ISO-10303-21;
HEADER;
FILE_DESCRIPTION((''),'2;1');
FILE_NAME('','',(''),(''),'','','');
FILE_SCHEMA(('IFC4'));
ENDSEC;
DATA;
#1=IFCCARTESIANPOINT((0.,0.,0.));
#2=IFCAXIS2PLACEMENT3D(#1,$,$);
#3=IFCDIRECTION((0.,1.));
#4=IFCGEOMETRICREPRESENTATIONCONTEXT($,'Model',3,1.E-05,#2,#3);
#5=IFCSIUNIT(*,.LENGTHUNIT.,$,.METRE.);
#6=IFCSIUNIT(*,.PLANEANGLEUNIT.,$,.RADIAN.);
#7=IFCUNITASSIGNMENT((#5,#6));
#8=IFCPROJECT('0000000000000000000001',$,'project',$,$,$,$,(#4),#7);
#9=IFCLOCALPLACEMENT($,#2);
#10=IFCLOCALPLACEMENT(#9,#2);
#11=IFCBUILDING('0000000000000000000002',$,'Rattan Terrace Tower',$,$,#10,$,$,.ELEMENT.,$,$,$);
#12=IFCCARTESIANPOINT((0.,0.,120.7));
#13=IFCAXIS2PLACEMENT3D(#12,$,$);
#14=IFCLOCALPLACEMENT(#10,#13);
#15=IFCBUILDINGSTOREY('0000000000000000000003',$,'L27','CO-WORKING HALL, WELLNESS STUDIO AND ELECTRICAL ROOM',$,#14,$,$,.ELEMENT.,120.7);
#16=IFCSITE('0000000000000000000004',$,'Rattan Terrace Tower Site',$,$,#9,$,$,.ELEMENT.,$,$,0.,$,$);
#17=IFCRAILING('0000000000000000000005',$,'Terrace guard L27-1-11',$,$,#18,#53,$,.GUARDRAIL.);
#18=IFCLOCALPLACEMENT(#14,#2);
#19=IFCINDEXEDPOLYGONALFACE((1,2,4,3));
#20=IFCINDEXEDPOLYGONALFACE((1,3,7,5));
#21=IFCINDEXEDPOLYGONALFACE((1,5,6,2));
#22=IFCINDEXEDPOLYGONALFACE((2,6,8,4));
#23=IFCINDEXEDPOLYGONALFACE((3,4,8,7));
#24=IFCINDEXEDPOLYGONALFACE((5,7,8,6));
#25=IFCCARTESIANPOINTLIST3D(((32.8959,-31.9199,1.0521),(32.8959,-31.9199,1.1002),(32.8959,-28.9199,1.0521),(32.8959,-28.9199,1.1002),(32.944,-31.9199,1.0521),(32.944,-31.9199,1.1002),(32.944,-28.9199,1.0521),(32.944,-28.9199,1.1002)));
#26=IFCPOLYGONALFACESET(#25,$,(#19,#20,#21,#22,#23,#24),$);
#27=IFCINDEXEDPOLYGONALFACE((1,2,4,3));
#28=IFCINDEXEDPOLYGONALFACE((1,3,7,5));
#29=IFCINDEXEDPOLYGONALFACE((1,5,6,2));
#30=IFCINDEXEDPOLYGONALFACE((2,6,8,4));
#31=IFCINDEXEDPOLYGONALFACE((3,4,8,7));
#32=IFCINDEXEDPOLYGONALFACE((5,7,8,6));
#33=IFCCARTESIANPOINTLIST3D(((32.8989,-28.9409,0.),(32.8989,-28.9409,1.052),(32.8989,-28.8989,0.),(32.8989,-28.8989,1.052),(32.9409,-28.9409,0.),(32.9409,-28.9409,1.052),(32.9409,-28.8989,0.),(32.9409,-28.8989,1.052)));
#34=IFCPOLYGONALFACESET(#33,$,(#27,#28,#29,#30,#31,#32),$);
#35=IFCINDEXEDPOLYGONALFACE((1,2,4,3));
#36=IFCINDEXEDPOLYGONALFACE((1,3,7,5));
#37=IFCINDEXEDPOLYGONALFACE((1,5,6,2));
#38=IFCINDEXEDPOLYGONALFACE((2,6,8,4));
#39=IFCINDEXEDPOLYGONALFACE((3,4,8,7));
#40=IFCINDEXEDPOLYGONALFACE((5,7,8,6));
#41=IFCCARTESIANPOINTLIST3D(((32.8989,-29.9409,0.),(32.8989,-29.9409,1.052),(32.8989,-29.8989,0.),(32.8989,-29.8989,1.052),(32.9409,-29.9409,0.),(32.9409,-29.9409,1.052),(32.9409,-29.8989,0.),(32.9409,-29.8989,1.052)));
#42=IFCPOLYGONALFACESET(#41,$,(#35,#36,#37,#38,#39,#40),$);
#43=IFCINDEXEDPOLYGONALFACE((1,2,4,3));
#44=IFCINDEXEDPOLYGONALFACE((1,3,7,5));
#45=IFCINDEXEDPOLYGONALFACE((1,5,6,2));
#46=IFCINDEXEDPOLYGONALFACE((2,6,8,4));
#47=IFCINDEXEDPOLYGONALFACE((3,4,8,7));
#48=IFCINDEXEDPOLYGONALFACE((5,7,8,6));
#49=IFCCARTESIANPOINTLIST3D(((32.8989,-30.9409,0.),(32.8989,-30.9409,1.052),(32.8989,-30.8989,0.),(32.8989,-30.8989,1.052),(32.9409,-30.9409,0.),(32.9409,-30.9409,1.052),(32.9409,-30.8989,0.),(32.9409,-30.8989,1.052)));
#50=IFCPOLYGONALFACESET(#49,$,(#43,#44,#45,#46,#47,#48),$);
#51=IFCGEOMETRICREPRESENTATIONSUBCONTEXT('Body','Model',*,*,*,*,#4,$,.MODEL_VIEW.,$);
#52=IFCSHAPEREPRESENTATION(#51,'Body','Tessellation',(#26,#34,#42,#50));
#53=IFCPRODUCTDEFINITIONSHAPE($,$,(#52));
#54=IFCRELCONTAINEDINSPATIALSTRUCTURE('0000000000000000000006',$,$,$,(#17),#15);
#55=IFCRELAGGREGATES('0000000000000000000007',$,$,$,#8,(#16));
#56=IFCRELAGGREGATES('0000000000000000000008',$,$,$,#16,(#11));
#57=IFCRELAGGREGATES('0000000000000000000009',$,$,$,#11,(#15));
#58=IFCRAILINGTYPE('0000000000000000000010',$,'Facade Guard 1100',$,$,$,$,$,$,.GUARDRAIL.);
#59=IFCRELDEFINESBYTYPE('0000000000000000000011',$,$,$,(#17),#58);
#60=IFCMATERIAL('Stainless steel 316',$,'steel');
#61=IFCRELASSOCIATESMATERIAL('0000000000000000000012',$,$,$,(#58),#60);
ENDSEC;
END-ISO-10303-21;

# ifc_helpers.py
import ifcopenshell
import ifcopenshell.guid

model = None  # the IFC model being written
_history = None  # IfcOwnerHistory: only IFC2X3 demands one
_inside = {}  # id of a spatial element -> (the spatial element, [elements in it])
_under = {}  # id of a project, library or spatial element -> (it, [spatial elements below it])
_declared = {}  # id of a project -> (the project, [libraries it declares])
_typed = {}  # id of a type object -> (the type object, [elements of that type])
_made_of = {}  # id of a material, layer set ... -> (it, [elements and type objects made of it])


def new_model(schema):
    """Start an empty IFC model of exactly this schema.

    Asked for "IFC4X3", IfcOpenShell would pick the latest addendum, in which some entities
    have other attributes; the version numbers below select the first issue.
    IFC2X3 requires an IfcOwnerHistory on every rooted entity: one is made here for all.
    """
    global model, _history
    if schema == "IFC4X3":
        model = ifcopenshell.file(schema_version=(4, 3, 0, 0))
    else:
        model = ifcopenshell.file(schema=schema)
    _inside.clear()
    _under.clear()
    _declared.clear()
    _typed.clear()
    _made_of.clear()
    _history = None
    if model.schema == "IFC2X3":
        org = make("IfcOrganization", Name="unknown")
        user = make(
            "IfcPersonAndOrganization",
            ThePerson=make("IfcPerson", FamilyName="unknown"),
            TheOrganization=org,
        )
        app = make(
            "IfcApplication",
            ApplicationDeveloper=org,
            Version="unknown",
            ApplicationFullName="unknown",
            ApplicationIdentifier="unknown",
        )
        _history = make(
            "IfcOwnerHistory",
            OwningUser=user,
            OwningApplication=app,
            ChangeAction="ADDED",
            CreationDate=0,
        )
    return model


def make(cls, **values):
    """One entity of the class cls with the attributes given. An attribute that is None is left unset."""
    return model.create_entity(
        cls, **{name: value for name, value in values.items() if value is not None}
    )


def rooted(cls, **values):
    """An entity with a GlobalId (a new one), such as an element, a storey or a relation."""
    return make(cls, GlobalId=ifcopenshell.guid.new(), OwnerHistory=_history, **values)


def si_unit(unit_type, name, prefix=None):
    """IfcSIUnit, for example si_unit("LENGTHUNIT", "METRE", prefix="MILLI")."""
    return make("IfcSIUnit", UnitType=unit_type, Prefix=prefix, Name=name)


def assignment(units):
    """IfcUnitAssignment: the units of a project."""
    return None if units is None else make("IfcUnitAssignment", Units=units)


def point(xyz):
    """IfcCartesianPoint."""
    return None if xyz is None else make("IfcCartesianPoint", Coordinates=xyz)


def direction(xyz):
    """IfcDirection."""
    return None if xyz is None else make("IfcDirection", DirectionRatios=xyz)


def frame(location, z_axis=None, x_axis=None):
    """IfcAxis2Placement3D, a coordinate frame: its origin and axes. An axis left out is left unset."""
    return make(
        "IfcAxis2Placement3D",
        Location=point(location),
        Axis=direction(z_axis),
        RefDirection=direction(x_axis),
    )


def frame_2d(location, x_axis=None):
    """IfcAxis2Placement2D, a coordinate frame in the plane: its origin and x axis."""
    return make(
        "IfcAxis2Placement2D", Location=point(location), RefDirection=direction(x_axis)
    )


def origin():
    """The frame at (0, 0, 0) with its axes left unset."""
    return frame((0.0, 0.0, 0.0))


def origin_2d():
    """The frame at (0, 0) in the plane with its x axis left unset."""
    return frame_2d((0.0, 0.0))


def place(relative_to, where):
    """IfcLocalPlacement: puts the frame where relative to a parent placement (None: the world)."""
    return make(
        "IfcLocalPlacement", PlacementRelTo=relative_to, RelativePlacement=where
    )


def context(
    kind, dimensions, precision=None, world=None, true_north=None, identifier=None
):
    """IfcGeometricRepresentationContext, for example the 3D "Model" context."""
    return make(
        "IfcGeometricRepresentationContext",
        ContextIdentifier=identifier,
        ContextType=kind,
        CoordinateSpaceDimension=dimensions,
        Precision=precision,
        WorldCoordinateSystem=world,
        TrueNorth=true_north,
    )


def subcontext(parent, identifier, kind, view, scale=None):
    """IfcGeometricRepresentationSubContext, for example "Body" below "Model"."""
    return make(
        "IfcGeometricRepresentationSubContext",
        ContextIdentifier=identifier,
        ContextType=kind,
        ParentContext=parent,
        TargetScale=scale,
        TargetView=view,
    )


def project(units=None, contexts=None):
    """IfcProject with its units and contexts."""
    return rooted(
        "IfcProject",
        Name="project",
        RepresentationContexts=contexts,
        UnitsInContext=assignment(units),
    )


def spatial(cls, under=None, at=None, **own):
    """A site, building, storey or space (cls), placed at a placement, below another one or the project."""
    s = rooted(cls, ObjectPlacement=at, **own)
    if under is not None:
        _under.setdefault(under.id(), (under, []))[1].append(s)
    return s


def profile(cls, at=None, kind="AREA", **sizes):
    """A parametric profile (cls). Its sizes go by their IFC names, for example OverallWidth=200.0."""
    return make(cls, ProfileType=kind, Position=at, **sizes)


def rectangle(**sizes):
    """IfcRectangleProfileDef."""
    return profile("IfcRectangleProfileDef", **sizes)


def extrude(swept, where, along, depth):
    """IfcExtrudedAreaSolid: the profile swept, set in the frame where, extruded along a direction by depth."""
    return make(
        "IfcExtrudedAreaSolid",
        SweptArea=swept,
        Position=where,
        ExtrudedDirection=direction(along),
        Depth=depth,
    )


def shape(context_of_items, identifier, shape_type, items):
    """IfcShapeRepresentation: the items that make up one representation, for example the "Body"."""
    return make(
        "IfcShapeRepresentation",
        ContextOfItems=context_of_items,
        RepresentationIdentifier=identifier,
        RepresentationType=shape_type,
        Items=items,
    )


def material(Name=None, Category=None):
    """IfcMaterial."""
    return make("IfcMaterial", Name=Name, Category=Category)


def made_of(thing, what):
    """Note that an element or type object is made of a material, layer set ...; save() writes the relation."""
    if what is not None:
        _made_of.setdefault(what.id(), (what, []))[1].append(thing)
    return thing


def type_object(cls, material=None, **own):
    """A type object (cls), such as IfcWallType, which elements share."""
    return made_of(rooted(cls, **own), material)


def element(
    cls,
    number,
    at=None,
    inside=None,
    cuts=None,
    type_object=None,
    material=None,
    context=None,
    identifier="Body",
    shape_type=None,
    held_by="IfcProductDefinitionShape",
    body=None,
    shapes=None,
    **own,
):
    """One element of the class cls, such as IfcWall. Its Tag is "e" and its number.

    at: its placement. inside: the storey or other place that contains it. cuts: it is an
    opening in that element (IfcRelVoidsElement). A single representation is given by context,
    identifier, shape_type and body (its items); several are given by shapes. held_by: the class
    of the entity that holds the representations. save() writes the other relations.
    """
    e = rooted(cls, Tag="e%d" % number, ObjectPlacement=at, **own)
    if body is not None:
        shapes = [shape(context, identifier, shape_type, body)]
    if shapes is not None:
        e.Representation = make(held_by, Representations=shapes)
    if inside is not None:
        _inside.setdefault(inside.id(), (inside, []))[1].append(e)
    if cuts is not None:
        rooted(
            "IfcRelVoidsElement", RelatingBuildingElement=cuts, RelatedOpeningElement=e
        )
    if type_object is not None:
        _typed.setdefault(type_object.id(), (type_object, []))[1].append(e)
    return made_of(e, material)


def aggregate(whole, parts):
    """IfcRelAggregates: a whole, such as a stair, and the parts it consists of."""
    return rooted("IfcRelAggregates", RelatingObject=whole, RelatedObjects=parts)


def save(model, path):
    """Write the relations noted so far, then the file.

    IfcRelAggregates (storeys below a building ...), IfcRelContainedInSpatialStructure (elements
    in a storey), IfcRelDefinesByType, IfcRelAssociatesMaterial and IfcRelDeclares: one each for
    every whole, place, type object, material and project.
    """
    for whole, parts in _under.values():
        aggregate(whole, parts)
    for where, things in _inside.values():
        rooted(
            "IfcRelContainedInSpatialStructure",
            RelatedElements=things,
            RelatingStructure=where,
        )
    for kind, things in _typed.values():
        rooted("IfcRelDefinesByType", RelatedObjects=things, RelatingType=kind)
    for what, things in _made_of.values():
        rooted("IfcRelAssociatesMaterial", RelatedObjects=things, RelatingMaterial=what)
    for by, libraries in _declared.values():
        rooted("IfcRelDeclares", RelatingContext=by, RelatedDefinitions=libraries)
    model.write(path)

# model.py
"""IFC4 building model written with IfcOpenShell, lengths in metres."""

from ifc_helpers import new_model, si_unit, direction, frame, origin, origin_2d, place, context, subcontext, project, spatial, rectangle, extrude, material, type_object, element, save


model = new_model("IFC4")

# Units and contexts
model_context = context("Model", 3, precision=1e-05, world=origin(), true_north=direction((0.0, 1.0)))
body_context = subcontext(model_context, "Body", "Model", "MODEL_VIEW")
ifc_project = project(units=[si_unit("LENGTHUNIT", "METRE"), si_unit("PLANEANGLEUNIT", "RADIAN")], contexts=[model_context])

# Site, building, storey
site_placement = place(None, origin())
site = spatial("IfcSite", under=ifc_project, at=site_placement, Name="Rattan Terrace Tower Site", CompositionType="ELEMENT", RefElevation=0.0)
building_placement = place(site_placement, origin())
building = spatial("IfcBuilding", under=site, at=building_placement, Name="Rattan Terrace Tower", CompositionType="ELEMENT")
storey_placement = place(building_placement, frame((0.0, 0.0, 120.7)))
storey = spatial("IfcBuildingStorey", under=building, at=storey_placement, Name="L27", Description="CO-WORKING HALL, WELLNESS STUDIO AND ELECTRICAL ROOM", CompositionType="ELEMENT", Elevation=120.7)

# Railing
ifc_material_1 = material(Name="Stainless steel 316", Category="steel")
railing_type = type_object("IfcRailingType", Name="Facade Guard 1100", PredefinedType="GUARDRAIL", material=ifc_material_1)
railing_1_placement = place(storey_placement, frame((32.9199, -28.9199, 0.0)))
element("IfcRailing", 1, at=railing_1_placement, inside=storey, type_object=railing_type, Name="Terrace guard L27-1-11", PredefinedType="GUARDRAIL", context=body_context, shape_type="SweptSolid", body=[
    extrude(rectangle(XDim=0.0481, YDim=0.0481, at=origin_2d()), frame((0.0, 0.0, 1.0762), z_axis=(0.0, -1.0, 0.0), x_axis=(1.0, 0.0, 0.0)), (0.0, 0.0, 1.0), 3.0),
    extrude(rectangle(XDim=0.042, YDim=0.042, at=origin_2d()), origin(), (0.0, 0.0, 1.0), 1.052),
    extrude(rectangle(XDim=0.042, YDim=0.042, at=origin_2d()), frame((0.0, -1.0, 0.0)), (0.0, 0.0, 1.0), 1.052),
    extrude(rectangle(XDim=0.042, YDim=0.042, at=origin_2d()), frame((0.0, -2.0, 0.0)), (0.0, 0.0, 1.0), 1.052),
])

save(model, "model.ifc")
